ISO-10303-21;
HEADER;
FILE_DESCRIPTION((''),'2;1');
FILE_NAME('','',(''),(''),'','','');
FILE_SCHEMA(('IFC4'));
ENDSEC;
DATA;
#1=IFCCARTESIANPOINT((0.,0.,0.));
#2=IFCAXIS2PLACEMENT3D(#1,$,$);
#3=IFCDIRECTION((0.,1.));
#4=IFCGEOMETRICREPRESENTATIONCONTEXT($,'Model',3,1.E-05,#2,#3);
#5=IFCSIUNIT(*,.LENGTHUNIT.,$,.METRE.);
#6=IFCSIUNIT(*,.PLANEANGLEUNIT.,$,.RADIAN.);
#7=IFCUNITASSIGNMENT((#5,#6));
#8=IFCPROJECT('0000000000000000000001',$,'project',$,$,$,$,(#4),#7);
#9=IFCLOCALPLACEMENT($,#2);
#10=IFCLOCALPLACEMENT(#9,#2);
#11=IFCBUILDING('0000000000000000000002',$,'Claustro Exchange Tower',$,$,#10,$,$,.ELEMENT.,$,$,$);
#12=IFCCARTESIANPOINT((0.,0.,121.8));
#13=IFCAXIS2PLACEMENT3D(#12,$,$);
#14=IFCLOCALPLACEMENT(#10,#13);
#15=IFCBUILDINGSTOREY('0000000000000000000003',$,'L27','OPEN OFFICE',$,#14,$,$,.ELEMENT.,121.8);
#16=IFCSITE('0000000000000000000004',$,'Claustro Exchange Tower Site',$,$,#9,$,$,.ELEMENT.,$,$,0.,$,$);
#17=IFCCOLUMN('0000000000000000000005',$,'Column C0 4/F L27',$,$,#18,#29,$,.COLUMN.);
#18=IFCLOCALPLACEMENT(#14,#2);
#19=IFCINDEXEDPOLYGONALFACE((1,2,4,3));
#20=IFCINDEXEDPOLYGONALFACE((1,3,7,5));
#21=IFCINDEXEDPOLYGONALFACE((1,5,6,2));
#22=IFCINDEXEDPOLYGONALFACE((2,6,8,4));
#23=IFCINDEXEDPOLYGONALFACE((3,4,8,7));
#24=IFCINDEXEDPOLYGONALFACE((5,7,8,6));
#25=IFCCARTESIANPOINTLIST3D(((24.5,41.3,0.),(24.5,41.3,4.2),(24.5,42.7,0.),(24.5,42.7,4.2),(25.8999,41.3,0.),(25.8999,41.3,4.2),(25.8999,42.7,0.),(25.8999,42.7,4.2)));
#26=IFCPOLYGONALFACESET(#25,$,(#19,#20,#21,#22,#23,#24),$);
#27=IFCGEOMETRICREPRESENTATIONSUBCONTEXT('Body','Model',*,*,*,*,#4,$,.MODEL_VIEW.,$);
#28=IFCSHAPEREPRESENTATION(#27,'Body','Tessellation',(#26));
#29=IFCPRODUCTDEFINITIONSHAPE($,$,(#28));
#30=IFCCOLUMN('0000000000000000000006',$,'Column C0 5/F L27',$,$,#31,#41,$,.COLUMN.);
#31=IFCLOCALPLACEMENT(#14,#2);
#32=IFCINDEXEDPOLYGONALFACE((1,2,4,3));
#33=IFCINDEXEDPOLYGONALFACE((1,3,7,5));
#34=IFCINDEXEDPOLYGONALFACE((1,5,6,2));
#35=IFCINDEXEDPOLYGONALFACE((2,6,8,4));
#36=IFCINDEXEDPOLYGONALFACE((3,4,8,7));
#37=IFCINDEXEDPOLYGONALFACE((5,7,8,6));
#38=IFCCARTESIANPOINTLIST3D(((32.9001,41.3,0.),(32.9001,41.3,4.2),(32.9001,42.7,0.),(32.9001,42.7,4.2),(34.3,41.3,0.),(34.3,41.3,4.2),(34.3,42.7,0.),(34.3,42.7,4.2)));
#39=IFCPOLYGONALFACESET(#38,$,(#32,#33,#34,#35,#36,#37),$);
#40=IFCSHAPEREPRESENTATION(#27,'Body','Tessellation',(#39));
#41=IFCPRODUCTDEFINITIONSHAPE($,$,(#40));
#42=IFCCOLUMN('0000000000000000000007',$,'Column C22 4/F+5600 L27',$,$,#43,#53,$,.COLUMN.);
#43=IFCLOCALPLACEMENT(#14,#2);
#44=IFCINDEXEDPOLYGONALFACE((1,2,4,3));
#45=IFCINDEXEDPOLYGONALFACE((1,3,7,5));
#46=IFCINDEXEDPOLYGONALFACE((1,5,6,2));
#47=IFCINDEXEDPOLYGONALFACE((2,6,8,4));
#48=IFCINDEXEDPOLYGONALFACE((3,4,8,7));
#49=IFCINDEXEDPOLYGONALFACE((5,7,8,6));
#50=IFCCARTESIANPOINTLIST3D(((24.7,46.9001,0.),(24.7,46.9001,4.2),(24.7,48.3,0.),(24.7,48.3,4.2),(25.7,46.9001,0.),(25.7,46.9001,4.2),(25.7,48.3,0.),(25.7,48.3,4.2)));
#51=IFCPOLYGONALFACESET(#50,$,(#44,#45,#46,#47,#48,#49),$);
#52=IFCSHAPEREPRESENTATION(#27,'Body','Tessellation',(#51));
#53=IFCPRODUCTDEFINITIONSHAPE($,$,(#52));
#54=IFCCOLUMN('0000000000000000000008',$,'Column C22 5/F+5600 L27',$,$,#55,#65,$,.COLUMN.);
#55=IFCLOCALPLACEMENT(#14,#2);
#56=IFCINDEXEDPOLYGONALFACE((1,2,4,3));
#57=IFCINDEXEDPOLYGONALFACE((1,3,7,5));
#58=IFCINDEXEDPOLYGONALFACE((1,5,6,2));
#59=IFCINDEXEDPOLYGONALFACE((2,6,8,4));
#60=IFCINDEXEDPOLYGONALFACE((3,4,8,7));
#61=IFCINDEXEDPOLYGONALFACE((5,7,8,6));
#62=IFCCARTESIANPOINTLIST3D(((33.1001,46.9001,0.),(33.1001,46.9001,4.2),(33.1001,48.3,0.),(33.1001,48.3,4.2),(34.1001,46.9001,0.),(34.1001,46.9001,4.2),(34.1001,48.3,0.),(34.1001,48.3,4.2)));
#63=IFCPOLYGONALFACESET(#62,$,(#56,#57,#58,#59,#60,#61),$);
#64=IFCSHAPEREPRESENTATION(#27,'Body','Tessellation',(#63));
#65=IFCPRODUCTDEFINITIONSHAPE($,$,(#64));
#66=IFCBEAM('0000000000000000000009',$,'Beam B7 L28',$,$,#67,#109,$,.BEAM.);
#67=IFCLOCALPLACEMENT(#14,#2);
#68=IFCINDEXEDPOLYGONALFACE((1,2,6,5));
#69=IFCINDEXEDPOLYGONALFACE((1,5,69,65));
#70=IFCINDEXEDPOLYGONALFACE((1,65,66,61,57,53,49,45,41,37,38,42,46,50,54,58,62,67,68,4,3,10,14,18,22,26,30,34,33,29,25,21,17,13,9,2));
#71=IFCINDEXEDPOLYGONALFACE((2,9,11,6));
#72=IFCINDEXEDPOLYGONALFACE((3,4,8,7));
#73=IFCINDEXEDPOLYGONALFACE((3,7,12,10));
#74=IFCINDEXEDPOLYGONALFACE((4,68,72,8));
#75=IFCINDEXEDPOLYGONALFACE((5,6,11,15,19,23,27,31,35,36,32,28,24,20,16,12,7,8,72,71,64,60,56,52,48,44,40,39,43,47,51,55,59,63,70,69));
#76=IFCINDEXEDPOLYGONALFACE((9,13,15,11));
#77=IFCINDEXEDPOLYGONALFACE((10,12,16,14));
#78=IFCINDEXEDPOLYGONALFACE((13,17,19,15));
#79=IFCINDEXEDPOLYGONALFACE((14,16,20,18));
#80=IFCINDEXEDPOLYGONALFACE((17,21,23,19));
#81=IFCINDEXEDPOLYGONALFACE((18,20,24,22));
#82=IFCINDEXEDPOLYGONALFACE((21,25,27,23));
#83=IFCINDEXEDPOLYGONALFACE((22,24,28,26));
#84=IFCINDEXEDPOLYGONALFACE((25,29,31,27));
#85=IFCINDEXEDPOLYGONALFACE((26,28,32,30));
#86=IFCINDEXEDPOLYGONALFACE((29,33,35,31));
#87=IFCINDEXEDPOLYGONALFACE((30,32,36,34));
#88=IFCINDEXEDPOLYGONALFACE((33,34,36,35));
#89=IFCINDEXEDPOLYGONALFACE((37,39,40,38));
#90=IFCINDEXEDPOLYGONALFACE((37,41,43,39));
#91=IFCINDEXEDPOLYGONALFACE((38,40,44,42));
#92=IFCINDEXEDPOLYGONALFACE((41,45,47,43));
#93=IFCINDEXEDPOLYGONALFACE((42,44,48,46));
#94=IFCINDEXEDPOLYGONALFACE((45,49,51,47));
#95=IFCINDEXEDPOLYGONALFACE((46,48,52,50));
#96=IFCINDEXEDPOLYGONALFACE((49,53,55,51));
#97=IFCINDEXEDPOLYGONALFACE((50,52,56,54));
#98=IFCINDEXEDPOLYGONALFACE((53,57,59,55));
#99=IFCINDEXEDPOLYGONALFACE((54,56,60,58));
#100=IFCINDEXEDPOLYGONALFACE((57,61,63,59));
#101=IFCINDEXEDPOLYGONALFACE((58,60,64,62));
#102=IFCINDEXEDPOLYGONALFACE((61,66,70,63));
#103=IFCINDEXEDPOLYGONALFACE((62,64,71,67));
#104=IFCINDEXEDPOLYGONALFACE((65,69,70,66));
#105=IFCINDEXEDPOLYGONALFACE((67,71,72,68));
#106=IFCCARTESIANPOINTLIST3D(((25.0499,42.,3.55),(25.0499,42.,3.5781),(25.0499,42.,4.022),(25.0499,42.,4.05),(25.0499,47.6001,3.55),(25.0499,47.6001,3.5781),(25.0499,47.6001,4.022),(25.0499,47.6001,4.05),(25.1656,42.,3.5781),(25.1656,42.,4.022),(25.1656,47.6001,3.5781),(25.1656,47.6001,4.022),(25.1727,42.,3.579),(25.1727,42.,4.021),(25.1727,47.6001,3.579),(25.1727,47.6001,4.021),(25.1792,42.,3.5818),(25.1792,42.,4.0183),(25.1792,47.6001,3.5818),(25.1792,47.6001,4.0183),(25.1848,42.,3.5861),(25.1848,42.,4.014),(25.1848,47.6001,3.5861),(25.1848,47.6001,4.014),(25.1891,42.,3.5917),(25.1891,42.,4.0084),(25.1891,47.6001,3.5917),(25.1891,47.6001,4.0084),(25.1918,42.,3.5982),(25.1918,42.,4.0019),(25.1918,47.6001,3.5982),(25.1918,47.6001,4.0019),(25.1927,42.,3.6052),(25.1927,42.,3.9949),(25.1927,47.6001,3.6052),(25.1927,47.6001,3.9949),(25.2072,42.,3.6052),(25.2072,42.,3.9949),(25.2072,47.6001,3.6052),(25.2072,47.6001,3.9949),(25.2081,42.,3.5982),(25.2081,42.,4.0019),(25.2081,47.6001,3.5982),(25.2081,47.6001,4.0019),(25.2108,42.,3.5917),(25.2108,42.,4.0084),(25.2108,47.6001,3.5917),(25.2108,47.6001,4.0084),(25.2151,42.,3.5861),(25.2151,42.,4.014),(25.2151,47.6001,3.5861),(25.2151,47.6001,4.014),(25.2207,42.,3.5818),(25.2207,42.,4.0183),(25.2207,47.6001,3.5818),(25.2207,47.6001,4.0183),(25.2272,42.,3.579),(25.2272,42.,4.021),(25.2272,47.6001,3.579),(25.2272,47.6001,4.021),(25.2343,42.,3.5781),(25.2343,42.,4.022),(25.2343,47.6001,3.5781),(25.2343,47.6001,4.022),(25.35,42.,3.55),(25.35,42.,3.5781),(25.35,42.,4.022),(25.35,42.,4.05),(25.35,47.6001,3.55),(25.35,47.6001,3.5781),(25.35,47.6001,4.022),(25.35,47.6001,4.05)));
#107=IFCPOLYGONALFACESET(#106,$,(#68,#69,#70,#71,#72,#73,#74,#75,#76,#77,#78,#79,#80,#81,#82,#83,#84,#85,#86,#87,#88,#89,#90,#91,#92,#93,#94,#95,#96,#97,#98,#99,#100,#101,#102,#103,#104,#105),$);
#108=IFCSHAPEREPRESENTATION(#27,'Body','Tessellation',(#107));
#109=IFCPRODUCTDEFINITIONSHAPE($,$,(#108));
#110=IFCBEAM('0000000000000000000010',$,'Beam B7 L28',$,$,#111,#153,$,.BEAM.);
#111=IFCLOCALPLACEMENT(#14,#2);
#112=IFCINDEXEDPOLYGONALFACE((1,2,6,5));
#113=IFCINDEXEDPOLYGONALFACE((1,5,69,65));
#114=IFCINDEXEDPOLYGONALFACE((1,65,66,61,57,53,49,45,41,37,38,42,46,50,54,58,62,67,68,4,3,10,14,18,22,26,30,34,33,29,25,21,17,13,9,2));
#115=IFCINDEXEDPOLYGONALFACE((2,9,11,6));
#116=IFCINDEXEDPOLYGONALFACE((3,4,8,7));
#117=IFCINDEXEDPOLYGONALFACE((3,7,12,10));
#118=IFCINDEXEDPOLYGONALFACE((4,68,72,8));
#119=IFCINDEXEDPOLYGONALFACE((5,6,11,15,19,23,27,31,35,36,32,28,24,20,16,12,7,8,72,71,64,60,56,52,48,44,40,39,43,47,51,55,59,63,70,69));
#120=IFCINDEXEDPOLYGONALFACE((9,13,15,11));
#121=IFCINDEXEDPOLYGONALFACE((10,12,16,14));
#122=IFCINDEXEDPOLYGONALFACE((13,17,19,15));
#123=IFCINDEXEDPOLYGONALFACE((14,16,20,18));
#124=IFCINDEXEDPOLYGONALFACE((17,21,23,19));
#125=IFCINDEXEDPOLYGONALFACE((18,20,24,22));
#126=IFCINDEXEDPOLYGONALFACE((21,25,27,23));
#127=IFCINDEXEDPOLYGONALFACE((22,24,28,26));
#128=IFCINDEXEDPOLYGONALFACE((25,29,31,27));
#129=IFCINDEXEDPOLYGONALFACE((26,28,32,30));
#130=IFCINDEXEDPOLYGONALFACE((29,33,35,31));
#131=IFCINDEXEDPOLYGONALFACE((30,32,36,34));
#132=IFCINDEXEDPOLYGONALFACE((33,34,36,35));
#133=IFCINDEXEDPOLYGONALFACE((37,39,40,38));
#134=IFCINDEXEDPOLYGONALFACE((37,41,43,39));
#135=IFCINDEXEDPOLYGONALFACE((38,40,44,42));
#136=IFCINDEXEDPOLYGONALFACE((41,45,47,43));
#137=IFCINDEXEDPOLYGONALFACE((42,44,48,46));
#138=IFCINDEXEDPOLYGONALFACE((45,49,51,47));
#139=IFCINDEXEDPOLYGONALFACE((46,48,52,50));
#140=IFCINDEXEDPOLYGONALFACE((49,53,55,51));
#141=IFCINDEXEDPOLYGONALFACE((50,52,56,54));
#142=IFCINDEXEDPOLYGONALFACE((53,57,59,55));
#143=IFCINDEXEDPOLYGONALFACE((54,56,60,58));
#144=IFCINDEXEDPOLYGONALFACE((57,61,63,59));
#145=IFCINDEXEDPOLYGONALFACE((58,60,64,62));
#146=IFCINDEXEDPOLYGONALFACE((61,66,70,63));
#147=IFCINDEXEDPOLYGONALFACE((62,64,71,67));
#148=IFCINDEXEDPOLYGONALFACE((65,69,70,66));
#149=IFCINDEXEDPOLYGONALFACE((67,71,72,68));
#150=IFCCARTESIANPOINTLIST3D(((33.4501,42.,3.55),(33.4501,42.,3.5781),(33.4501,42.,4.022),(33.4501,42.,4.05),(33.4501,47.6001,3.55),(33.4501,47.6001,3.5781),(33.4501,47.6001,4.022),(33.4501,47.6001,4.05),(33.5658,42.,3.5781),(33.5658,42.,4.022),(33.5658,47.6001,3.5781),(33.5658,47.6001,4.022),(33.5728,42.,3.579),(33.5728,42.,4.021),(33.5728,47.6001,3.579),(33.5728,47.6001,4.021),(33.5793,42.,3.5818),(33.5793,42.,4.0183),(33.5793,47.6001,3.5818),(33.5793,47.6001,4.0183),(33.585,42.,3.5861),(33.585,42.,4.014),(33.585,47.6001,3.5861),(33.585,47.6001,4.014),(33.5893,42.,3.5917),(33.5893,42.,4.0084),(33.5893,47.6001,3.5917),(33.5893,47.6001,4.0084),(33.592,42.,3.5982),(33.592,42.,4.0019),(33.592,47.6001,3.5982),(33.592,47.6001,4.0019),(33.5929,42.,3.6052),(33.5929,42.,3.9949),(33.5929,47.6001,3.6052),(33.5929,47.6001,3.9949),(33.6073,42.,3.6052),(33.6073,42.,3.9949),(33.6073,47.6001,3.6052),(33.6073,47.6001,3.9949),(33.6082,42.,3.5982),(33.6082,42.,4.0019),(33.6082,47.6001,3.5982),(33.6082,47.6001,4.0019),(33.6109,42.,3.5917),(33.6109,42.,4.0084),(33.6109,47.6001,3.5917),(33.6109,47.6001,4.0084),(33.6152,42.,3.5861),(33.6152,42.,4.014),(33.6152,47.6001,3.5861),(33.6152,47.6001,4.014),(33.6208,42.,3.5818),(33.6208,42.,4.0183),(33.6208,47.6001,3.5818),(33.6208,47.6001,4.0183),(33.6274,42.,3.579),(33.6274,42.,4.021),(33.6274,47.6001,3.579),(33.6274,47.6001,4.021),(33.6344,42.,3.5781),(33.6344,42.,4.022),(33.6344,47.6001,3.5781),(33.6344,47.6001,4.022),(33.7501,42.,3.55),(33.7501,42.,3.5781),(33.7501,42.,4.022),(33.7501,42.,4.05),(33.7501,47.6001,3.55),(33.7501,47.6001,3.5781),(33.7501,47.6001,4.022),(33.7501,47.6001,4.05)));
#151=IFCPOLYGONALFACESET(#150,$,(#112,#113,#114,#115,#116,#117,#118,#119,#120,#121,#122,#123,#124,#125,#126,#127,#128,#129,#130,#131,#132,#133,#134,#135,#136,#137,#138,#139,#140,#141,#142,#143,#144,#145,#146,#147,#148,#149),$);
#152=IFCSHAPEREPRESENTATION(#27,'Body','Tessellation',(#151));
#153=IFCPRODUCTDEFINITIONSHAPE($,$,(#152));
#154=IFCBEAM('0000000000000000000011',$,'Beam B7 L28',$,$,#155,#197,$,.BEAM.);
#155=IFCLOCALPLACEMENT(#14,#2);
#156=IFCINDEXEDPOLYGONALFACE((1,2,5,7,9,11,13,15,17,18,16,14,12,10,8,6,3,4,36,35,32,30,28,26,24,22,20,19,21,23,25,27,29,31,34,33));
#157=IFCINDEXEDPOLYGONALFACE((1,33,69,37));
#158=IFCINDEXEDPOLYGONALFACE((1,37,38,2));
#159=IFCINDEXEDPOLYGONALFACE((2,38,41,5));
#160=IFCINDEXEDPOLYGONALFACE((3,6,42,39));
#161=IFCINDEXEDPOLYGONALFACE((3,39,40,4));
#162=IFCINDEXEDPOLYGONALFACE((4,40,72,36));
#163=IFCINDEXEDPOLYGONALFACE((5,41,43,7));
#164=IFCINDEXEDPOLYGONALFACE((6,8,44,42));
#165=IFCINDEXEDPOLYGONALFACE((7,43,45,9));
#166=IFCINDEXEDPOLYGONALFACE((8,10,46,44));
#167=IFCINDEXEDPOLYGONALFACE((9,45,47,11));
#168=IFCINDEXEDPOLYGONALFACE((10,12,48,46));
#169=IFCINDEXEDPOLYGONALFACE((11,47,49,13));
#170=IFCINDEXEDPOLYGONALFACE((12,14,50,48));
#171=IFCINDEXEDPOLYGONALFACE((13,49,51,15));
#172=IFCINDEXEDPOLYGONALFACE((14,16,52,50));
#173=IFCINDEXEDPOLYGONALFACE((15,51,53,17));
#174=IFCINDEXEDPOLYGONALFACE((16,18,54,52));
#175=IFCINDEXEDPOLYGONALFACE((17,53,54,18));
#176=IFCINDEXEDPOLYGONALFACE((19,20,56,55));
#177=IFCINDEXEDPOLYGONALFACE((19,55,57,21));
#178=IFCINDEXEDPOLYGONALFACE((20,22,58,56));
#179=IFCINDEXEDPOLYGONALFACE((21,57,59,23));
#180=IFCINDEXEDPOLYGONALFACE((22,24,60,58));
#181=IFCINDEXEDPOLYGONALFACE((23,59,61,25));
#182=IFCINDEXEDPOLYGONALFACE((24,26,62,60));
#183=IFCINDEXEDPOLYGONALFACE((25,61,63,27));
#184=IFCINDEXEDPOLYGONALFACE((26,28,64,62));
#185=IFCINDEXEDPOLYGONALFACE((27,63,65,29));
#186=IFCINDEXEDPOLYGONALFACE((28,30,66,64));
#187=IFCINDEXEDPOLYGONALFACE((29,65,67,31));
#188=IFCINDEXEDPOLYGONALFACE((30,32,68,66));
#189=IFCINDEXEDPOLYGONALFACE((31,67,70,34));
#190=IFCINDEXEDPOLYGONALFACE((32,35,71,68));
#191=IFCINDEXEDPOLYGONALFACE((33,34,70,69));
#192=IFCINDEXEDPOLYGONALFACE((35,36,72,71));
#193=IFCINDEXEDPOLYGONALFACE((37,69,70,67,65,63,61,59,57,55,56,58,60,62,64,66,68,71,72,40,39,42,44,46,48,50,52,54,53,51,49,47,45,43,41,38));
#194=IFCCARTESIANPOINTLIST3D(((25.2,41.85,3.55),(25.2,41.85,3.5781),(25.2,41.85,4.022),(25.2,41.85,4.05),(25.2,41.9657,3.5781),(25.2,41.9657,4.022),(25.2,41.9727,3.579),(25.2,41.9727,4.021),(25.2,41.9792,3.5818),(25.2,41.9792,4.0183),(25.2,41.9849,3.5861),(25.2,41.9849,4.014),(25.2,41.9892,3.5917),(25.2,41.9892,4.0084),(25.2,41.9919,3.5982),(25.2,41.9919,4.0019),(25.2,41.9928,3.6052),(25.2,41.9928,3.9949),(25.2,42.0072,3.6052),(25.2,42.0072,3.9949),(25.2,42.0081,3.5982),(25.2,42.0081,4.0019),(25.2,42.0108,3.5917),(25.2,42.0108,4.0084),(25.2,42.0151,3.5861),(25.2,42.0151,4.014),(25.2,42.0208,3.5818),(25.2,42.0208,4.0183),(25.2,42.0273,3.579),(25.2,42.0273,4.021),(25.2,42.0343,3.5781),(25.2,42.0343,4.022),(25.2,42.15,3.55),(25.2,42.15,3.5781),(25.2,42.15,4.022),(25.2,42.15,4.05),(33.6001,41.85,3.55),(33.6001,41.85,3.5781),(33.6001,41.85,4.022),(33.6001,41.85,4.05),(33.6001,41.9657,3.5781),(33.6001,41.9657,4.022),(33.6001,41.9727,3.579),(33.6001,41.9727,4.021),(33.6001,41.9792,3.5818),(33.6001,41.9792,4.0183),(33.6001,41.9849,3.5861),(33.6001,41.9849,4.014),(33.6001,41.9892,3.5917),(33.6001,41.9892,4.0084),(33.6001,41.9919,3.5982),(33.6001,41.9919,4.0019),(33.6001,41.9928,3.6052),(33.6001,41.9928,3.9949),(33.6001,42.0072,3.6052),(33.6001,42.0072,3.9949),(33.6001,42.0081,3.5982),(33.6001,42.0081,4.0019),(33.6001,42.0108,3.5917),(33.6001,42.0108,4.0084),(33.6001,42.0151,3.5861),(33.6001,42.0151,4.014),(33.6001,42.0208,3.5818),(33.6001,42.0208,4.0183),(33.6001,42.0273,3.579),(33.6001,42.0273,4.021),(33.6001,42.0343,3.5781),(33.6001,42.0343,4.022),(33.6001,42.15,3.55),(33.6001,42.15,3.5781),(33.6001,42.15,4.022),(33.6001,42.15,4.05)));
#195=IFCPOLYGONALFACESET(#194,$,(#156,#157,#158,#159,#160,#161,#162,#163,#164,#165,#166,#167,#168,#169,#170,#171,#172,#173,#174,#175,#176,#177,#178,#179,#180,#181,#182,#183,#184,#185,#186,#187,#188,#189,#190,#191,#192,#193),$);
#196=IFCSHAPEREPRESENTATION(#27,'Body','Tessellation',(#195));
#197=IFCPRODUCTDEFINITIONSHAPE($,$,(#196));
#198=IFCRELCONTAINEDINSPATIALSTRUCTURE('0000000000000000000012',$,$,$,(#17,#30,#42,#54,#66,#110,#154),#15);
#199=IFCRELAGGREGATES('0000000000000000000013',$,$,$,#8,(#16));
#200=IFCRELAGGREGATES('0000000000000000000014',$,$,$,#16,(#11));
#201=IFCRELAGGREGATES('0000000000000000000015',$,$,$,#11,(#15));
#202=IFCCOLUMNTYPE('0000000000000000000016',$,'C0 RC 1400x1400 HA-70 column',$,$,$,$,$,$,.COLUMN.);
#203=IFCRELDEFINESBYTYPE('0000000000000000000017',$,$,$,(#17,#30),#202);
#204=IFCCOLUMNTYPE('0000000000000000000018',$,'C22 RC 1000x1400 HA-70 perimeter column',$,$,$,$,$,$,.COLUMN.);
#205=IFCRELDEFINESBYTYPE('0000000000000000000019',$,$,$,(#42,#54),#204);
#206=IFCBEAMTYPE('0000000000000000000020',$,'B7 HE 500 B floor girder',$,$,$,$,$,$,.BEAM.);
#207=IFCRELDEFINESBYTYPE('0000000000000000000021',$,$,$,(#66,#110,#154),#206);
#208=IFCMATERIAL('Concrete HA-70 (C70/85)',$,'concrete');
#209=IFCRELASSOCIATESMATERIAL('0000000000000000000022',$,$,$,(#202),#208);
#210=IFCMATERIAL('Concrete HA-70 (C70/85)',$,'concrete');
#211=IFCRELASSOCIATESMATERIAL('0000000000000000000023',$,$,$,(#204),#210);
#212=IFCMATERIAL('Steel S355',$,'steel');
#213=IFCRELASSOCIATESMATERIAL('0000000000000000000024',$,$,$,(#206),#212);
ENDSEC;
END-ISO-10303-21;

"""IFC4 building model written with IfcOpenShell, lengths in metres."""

from ifc_helpers import new_model, si_unit, direction, frame, origin, origin_2d, place, context, subcontext, project, spatial, rectangle, i_section, extrude, material, material_profile, profile_set, type_object, element, save


model = new_model("IFC4")

# Units and contexts
model_context = context("Model", 3, precision=1e-05, world=origin(), true_north=direction((0.0, 1.0)))
body_context = subcontext(model_context, "Body", "Model", "MODEL_VIEW")
ifc_project = project(units=[si_unit("LENGTHUNIT", "METRE"), si_unit("PLANEANGLEUNIT", "RADIAN")], contexts=[model_context])

# Site, building, storey
site_placement = place(None, origin())
site = spatial("IfcSite", under=ifc_project, at=site_placement, Name="Claustro Exchange Tower Site", CompositionType="ELEMENT", RefElevation=0.0)
building_placement = place(site_placement, origin())
building = spatial("IfcBuilding", under=site, at=building_placement, Name="Claustro Exchange Tower", CompositionType="ELEMENT")
storey_placement = place(building_placement, frame((0.0, 0.0, 121.8)))
storey = spatial("IfcBuildingStorey", under=building, at=storey_placement, Name="L27", Description="OPEN OFFICE", CompositionType="ELEMENT", Elevation=121.8)

# Columns
ifc_material_1 = material(Name="Concrete HA-70 (C70/85)", Category="concrete")
ifc_material_profile_1 = material_profile(ifc_material_1, rectangle(XDim=1.3999, YDim=1.3999, at=origin_2d()), Name="RC 1400x1400")
ifc_profile_set_1 = profile_set([ifc_material_profile_1], Name="Concrete HA-70 (C70/85)")
column_type_1 = type_object("IfcColumnType", Name="C0 RC 1400x1400 HA-70 column", PredefinedType="COLUMN", material=ifc_profile_set_1)
for number, where, z_axis, x_axis, name in (
    (1, (25.2, 42.0, 0.0), (0.0, 0.0, 1.0), (1.0, 0.0, 0.0), "Column C0 4/F L27"),
    (2, (33.6001, 42.0, 0.0), (0.0, 0.0, 1.0), (1.0, 0.0, 0.0), "Column C0 5/F L27"),
):
    element("IfcColumn", number, at=place(storey_placement, frame(where, z_axis=z_axis, x_axis=x_axis)), inside=storey, type_object=column_type_1, Name=name, PredefinedType="COLUMN", context=body_context, shape_type="SweptSolid", body=[
        extrude(rectangle(XDim=1.3999, YDim=1.3999, at=origin_2d()), origin(), (0.0, 0.0, 1.0), 4.2),
    ])
ifc_material_2 = material(Name="Concrete HA-70 (C70/85)", Category="concrete")
ifc_material_profile_2 = material_profile(ifc_material_2, rectangle(XDim=1.0, YDim=1.3999, at=origin_2d()), Name="RC 1000x1400")
ifc_profile_set_2 = profile_set([ifc_material_profile_2], Name="Concrete HA-70 (C70/85)")
column_type_2 = type_object("IfcColumnType", Name="C22 RC 1000x1400 HA-70 perimeter column", PredefinedType="COLUMN", material=ifc_profile_set_2)
for number, where, z_axis, x_axis, name in (
    (3, (25.2, 47.6001, 0.0), (0.0, 0.0, 1.0), (1.0, 0.0, 0.0), "Column C22 4/F+5600 L27"),
    (4, (33.6001, 47.6001, 0.0), (0.0, 0.0, 1.0), (1.0, 0.0, 0.0), "Column C22 5/F+5600 L27"),
):
    element("IfcColumn", number, at=place(storey_placement, frame(where, z_axis=z_axis, x_axis=x_axis)), inside=storey, type_object=column_type_2, Name=name, PredefinedType="COLUMN", context=body_context, shape_type="SweptSolid", body=[
        extrude(rectangle(XDim=1.0, YDim=1.3999, at=origin_2d()), origin(), (0.0, 0.0, 1.0), 4.2),
    ])

# Beams
ifc_material_3 = material(Name="Steel S355", Category="steel")
ifc_material_profile_3 = material_profile(ifc_material_3, i_section(OverallWidth=0.3, OverallDepth=0.5, WebThickness=0.0144, FlangeThickness=0.0281, FilletRadius=0.0271, at=origin_2d()), Name="HE 500 B")
ifc_profile_set_3 = profile_set([ifc_material_profile_3], Name="Steel S355")
beam_type_1 = type_object("IfcBeamType", Name="B7 HE 500 B floor girder", PredefinedType="BEAM", material=ifc_profile_set_3)
for number, where, z_axis, x_axis, name in (
    (5, (25.2, 42.0, 3.8), (0.0, 1.0, 0.0), (-1.0, 0.0, 0.0), "Beam B7 L28"),
    (6, (33.6001, 42.0, 3.8), (0.0, 1.0, 0.0), (-1.0, 0.0, 0.0), "Beam B7 L28"),
):
    element("IfcBeam", number, at=place(storey_placement, frame(where, z_axis=z_axis, x_axis=x_axis)), inside=storey, type_object=beam_type_1, Name=name, PredefinedType="BEAM", context=body_context, shape_type="SweptSolid", body=[
        extrude(i_section(OverallWidth=0.3, OverallDepth=0.5, WebThickness=0.0144, FlangeThickness=0.0281, FilletRadius=0.0271, at=origin_2d()), origin(), (0.0, 0.0, 1.0), 5.6001),
    ])
beam_1_placement = place(storey_placement, frame((25.2, 42.0, 3.8), z_axis=(1.0, 0.0, 0.0), x_axis=(0.0, 1.0, 0.0)))
element("IfcBeam", 7, at=beam_1_placement, inside=storey, type_object=beam_type_1, Name="Beam B7 L28", PredefinedType="BEAM", context=body_context, shape_type="SweptSolid", body=[
    extrude(i_section(OverallWidth=0.3, OverallDepth=0.5, WebThickness=0.0144, FlangeThickness=0.0281, FilletRadius=0.0271, at=origin_2d()), origin(), (0.0, 0.0, 1.0), 8.4001),
])

save(model, "model.ifc")
